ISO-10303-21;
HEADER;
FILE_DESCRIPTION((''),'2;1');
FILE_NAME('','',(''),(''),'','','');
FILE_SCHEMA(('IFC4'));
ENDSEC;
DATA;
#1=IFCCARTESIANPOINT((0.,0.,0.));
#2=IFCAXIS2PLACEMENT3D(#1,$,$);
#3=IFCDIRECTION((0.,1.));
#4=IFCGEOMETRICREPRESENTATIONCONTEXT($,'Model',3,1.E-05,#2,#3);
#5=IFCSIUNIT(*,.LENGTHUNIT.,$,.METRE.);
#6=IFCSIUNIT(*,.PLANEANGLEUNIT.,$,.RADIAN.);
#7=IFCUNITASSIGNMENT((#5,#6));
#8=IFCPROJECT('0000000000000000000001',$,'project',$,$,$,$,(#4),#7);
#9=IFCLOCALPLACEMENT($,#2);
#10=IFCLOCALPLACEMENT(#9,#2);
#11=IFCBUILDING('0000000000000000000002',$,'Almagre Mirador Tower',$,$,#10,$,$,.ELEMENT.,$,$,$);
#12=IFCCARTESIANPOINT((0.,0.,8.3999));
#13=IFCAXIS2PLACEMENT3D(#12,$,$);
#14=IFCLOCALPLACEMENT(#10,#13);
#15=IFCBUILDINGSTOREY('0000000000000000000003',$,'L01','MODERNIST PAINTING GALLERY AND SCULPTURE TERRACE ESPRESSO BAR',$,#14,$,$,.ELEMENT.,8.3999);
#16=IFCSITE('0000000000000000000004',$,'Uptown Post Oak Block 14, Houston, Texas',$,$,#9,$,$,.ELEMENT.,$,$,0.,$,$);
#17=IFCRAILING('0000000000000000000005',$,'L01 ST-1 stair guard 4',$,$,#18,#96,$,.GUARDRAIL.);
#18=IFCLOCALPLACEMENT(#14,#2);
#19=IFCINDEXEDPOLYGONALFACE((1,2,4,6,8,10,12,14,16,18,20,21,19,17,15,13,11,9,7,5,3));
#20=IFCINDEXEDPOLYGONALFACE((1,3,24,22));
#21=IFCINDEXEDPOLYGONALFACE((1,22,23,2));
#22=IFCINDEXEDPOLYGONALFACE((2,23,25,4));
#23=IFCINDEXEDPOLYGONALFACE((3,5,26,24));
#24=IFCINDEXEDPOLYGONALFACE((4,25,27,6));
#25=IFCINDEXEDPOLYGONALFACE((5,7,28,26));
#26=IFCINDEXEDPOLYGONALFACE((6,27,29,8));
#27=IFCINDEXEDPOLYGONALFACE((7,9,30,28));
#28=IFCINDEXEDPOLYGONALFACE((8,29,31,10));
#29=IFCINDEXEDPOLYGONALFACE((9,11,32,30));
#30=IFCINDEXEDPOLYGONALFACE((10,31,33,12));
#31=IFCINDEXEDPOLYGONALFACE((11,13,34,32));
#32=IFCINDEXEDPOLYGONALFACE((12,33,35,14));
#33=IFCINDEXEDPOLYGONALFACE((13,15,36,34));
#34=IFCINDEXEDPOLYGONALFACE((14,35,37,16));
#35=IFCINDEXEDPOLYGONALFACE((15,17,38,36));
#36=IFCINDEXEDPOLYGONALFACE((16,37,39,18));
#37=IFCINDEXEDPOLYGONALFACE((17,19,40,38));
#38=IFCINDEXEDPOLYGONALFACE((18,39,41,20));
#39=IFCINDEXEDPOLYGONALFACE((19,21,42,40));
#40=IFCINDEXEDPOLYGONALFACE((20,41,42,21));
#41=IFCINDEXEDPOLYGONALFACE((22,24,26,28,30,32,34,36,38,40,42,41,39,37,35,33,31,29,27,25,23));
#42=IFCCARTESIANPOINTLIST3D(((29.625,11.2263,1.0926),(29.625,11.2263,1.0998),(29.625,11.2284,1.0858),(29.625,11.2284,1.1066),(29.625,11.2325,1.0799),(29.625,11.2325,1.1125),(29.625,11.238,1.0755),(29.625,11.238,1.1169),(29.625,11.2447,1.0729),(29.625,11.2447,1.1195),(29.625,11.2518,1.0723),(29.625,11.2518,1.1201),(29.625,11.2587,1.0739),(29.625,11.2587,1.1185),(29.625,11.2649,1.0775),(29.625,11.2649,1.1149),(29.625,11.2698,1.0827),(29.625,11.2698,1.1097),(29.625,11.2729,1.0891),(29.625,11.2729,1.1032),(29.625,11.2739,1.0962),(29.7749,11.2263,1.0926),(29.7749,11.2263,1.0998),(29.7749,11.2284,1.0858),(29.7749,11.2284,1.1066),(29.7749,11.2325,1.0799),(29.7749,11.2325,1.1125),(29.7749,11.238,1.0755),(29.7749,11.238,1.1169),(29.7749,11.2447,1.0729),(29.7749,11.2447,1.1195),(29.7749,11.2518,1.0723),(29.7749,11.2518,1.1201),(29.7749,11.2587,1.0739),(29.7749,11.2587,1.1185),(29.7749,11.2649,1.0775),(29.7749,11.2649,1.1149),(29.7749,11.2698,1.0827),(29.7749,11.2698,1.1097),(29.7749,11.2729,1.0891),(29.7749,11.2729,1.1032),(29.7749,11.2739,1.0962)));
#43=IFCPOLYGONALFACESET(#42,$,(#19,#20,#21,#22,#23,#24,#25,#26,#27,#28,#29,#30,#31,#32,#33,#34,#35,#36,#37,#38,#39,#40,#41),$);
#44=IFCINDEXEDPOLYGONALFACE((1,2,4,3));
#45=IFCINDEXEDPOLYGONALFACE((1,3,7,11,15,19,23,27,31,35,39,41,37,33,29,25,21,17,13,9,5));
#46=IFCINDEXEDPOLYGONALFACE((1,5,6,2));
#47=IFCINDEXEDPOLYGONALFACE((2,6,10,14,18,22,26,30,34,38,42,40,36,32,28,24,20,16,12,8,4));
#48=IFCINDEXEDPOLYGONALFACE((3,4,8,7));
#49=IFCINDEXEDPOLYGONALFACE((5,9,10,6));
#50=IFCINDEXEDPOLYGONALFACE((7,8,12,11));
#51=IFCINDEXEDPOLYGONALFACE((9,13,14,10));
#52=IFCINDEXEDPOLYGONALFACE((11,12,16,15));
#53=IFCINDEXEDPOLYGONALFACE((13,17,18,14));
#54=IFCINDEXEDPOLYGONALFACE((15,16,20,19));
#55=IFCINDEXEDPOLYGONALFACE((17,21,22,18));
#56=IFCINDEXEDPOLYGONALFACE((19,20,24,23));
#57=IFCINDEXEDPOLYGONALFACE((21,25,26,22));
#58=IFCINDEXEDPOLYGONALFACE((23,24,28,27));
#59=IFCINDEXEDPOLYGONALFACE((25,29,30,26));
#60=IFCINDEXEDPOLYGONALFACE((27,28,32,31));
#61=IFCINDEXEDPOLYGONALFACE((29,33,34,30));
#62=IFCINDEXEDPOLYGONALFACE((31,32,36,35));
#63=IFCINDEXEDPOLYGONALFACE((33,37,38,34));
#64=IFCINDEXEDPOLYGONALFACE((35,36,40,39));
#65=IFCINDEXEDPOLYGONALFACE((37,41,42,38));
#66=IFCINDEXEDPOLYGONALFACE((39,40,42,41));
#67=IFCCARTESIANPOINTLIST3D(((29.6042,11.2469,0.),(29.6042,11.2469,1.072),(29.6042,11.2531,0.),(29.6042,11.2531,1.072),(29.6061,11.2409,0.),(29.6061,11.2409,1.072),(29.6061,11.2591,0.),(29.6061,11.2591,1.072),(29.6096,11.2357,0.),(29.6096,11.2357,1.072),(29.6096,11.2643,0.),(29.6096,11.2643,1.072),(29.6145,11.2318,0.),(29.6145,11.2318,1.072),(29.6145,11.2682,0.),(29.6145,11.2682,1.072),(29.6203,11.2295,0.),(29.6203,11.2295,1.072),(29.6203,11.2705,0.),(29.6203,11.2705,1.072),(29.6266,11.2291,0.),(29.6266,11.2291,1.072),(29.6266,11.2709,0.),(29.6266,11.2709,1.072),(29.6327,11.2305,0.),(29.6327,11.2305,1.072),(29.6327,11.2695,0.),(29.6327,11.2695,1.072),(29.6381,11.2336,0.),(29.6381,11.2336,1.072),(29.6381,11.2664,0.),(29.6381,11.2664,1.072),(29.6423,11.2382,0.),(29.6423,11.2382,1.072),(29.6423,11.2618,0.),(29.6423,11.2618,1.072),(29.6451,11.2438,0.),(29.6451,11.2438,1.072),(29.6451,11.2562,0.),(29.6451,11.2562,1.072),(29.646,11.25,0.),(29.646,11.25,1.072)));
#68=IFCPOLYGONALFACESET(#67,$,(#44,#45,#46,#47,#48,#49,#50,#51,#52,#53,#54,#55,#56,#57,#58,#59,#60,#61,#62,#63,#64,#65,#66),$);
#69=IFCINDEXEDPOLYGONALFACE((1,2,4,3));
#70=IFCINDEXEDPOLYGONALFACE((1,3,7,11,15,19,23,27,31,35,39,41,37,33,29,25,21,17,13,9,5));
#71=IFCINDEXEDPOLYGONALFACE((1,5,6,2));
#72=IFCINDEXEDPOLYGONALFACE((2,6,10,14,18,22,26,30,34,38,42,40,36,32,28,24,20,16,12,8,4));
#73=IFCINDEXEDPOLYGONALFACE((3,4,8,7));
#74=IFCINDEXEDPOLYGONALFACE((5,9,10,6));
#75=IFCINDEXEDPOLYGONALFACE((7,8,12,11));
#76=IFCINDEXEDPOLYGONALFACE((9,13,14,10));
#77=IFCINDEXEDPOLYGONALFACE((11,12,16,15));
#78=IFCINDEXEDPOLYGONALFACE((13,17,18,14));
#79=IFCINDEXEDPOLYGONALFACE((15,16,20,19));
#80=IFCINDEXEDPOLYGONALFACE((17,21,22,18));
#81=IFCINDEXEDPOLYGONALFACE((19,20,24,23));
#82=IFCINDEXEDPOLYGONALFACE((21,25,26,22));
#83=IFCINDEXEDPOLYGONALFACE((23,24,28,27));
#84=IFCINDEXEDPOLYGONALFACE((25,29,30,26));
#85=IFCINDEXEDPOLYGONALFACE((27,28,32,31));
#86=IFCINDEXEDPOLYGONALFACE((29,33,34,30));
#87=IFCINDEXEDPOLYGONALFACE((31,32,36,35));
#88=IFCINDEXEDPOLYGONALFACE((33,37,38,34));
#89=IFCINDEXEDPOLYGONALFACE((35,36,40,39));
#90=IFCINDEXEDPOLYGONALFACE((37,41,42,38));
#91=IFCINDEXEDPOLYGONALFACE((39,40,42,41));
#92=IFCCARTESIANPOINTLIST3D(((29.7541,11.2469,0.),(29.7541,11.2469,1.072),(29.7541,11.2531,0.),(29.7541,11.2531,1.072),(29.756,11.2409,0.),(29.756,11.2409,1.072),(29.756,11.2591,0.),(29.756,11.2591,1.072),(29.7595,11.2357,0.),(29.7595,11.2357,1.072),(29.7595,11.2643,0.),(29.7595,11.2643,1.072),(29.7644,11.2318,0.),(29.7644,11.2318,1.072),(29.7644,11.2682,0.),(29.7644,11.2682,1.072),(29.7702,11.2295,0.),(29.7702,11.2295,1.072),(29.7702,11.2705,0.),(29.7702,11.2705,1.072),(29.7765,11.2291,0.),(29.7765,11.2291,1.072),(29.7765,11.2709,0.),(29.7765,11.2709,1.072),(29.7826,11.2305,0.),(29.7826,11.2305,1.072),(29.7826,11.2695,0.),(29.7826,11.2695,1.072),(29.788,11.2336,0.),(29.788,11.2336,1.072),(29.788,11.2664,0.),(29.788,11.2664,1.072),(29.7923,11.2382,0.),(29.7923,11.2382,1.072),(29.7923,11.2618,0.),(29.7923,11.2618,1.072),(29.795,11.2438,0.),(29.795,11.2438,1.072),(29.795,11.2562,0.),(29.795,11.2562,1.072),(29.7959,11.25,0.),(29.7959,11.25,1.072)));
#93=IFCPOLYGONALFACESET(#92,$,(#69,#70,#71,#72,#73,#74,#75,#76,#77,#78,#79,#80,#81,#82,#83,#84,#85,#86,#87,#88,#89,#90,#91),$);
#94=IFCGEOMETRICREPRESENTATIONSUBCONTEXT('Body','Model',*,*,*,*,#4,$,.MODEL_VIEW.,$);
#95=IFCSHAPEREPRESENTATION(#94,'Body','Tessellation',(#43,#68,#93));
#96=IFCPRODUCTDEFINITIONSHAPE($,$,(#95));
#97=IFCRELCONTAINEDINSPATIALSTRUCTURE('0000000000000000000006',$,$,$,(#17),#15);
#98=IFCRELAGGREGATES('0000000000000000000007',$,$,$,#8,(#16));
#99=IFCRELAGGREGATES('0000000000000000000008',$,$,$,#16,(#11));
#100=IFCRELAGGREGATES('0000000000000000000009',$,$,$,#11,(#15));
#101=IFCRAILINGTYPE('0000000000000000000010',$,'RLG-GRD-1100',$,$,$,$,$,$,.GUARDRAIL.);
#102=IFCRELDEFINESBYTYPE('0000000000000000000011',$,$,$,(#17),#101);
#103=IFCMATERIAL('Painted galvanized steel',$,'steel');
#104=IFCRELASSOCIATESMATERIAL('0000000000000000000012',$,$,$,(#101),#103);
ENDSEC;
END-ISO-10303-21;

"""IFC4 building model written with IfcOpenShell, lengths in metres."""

from ifc_helpers import new_model, si_unit, direction, frame, origin, origin_2d, place, context, subcontext, project, spatial, circle, extrude, material, type_object, element, save


model = new_model("IFC4")

# Units and contexts
model_context = context("Model", 3, precision=1e-05, world=origin(), true_north=direction((0.0, 1.0)))
body_context = subcontext(model_context, "Body", "Model", "MODEL_VIEW")
ifc_project = project(units=[si_unit("LENGTHUNIT", "METRE"), si_unit("PLANEANGLEUNIT", "RADIAN")], contexts=[model_context])

# Site, building, storey
site_placement = place(None, origin())
site = spatial("IfcSite", under=ifc_project, at=site_placement, Name="Uptown Post Oak Block 14, Houston, Texas", CompositionType="ELEMENT", RefElevation=0.0)
building_placement = place(site_placement, origin())
building = spatial("IfcBuilding", under=site, at=building_placement, Name="Almagre Mirador Tower", CompositionType="ELEMENT")
storey_placement = place(building_placement, frame((0.0, 0.0, 8.3999)))
storey = spatial("IfcBuildingStorey", under=building, at=storey_placement, Name="L01", Description="MODERNIST PAINTING GALLERY AND SCULPTURE TERRACE ESPRESSO BAR", CompositionType="ELEMENT", Elevation=8.3999)

# Railing
ifc_material_1 = material(Name="Painted galvanized steel", Category="steel")
railing_type_1 = type_object("IfcRailingType", Name="RLG-GRD-1100", PredefinedType="GUARDRAIL", material=ifc_material_1)
railing_1_placement = place(storey_placement, frame((29.625, 11.25, 0.0)))
element("IfcRailing", 1, at=railing_1_placement, inside=storey, type_object=railing_type_1, Name="L01 ST-1 stair guard 4", PredefinedType="GUARDRAIL", context=body_context, shape_type="SweptSolid", body=[
    extrude(circle(Radius=0.0239, at=origin_2d()), frame((0.0, 0.0, 1.0962), z_axis=(1.0, 0.0, 0.0), x_axis=(0.0, 1.0, 0.0)), (0.0, 0.0, 1.0), 0.1499),
    extrude(circle(Radius=0.021, at=origin_2d()), origin(), (0.0, 0.0, 1.0), 1.072),
    extrude(circle(Radius=0.021, at=origin_2d()), frame((0.1499, 0.0, 0.0)), (0.0, 0.0, 1.0), 1.072),
])

save(model, "model.ifc")
